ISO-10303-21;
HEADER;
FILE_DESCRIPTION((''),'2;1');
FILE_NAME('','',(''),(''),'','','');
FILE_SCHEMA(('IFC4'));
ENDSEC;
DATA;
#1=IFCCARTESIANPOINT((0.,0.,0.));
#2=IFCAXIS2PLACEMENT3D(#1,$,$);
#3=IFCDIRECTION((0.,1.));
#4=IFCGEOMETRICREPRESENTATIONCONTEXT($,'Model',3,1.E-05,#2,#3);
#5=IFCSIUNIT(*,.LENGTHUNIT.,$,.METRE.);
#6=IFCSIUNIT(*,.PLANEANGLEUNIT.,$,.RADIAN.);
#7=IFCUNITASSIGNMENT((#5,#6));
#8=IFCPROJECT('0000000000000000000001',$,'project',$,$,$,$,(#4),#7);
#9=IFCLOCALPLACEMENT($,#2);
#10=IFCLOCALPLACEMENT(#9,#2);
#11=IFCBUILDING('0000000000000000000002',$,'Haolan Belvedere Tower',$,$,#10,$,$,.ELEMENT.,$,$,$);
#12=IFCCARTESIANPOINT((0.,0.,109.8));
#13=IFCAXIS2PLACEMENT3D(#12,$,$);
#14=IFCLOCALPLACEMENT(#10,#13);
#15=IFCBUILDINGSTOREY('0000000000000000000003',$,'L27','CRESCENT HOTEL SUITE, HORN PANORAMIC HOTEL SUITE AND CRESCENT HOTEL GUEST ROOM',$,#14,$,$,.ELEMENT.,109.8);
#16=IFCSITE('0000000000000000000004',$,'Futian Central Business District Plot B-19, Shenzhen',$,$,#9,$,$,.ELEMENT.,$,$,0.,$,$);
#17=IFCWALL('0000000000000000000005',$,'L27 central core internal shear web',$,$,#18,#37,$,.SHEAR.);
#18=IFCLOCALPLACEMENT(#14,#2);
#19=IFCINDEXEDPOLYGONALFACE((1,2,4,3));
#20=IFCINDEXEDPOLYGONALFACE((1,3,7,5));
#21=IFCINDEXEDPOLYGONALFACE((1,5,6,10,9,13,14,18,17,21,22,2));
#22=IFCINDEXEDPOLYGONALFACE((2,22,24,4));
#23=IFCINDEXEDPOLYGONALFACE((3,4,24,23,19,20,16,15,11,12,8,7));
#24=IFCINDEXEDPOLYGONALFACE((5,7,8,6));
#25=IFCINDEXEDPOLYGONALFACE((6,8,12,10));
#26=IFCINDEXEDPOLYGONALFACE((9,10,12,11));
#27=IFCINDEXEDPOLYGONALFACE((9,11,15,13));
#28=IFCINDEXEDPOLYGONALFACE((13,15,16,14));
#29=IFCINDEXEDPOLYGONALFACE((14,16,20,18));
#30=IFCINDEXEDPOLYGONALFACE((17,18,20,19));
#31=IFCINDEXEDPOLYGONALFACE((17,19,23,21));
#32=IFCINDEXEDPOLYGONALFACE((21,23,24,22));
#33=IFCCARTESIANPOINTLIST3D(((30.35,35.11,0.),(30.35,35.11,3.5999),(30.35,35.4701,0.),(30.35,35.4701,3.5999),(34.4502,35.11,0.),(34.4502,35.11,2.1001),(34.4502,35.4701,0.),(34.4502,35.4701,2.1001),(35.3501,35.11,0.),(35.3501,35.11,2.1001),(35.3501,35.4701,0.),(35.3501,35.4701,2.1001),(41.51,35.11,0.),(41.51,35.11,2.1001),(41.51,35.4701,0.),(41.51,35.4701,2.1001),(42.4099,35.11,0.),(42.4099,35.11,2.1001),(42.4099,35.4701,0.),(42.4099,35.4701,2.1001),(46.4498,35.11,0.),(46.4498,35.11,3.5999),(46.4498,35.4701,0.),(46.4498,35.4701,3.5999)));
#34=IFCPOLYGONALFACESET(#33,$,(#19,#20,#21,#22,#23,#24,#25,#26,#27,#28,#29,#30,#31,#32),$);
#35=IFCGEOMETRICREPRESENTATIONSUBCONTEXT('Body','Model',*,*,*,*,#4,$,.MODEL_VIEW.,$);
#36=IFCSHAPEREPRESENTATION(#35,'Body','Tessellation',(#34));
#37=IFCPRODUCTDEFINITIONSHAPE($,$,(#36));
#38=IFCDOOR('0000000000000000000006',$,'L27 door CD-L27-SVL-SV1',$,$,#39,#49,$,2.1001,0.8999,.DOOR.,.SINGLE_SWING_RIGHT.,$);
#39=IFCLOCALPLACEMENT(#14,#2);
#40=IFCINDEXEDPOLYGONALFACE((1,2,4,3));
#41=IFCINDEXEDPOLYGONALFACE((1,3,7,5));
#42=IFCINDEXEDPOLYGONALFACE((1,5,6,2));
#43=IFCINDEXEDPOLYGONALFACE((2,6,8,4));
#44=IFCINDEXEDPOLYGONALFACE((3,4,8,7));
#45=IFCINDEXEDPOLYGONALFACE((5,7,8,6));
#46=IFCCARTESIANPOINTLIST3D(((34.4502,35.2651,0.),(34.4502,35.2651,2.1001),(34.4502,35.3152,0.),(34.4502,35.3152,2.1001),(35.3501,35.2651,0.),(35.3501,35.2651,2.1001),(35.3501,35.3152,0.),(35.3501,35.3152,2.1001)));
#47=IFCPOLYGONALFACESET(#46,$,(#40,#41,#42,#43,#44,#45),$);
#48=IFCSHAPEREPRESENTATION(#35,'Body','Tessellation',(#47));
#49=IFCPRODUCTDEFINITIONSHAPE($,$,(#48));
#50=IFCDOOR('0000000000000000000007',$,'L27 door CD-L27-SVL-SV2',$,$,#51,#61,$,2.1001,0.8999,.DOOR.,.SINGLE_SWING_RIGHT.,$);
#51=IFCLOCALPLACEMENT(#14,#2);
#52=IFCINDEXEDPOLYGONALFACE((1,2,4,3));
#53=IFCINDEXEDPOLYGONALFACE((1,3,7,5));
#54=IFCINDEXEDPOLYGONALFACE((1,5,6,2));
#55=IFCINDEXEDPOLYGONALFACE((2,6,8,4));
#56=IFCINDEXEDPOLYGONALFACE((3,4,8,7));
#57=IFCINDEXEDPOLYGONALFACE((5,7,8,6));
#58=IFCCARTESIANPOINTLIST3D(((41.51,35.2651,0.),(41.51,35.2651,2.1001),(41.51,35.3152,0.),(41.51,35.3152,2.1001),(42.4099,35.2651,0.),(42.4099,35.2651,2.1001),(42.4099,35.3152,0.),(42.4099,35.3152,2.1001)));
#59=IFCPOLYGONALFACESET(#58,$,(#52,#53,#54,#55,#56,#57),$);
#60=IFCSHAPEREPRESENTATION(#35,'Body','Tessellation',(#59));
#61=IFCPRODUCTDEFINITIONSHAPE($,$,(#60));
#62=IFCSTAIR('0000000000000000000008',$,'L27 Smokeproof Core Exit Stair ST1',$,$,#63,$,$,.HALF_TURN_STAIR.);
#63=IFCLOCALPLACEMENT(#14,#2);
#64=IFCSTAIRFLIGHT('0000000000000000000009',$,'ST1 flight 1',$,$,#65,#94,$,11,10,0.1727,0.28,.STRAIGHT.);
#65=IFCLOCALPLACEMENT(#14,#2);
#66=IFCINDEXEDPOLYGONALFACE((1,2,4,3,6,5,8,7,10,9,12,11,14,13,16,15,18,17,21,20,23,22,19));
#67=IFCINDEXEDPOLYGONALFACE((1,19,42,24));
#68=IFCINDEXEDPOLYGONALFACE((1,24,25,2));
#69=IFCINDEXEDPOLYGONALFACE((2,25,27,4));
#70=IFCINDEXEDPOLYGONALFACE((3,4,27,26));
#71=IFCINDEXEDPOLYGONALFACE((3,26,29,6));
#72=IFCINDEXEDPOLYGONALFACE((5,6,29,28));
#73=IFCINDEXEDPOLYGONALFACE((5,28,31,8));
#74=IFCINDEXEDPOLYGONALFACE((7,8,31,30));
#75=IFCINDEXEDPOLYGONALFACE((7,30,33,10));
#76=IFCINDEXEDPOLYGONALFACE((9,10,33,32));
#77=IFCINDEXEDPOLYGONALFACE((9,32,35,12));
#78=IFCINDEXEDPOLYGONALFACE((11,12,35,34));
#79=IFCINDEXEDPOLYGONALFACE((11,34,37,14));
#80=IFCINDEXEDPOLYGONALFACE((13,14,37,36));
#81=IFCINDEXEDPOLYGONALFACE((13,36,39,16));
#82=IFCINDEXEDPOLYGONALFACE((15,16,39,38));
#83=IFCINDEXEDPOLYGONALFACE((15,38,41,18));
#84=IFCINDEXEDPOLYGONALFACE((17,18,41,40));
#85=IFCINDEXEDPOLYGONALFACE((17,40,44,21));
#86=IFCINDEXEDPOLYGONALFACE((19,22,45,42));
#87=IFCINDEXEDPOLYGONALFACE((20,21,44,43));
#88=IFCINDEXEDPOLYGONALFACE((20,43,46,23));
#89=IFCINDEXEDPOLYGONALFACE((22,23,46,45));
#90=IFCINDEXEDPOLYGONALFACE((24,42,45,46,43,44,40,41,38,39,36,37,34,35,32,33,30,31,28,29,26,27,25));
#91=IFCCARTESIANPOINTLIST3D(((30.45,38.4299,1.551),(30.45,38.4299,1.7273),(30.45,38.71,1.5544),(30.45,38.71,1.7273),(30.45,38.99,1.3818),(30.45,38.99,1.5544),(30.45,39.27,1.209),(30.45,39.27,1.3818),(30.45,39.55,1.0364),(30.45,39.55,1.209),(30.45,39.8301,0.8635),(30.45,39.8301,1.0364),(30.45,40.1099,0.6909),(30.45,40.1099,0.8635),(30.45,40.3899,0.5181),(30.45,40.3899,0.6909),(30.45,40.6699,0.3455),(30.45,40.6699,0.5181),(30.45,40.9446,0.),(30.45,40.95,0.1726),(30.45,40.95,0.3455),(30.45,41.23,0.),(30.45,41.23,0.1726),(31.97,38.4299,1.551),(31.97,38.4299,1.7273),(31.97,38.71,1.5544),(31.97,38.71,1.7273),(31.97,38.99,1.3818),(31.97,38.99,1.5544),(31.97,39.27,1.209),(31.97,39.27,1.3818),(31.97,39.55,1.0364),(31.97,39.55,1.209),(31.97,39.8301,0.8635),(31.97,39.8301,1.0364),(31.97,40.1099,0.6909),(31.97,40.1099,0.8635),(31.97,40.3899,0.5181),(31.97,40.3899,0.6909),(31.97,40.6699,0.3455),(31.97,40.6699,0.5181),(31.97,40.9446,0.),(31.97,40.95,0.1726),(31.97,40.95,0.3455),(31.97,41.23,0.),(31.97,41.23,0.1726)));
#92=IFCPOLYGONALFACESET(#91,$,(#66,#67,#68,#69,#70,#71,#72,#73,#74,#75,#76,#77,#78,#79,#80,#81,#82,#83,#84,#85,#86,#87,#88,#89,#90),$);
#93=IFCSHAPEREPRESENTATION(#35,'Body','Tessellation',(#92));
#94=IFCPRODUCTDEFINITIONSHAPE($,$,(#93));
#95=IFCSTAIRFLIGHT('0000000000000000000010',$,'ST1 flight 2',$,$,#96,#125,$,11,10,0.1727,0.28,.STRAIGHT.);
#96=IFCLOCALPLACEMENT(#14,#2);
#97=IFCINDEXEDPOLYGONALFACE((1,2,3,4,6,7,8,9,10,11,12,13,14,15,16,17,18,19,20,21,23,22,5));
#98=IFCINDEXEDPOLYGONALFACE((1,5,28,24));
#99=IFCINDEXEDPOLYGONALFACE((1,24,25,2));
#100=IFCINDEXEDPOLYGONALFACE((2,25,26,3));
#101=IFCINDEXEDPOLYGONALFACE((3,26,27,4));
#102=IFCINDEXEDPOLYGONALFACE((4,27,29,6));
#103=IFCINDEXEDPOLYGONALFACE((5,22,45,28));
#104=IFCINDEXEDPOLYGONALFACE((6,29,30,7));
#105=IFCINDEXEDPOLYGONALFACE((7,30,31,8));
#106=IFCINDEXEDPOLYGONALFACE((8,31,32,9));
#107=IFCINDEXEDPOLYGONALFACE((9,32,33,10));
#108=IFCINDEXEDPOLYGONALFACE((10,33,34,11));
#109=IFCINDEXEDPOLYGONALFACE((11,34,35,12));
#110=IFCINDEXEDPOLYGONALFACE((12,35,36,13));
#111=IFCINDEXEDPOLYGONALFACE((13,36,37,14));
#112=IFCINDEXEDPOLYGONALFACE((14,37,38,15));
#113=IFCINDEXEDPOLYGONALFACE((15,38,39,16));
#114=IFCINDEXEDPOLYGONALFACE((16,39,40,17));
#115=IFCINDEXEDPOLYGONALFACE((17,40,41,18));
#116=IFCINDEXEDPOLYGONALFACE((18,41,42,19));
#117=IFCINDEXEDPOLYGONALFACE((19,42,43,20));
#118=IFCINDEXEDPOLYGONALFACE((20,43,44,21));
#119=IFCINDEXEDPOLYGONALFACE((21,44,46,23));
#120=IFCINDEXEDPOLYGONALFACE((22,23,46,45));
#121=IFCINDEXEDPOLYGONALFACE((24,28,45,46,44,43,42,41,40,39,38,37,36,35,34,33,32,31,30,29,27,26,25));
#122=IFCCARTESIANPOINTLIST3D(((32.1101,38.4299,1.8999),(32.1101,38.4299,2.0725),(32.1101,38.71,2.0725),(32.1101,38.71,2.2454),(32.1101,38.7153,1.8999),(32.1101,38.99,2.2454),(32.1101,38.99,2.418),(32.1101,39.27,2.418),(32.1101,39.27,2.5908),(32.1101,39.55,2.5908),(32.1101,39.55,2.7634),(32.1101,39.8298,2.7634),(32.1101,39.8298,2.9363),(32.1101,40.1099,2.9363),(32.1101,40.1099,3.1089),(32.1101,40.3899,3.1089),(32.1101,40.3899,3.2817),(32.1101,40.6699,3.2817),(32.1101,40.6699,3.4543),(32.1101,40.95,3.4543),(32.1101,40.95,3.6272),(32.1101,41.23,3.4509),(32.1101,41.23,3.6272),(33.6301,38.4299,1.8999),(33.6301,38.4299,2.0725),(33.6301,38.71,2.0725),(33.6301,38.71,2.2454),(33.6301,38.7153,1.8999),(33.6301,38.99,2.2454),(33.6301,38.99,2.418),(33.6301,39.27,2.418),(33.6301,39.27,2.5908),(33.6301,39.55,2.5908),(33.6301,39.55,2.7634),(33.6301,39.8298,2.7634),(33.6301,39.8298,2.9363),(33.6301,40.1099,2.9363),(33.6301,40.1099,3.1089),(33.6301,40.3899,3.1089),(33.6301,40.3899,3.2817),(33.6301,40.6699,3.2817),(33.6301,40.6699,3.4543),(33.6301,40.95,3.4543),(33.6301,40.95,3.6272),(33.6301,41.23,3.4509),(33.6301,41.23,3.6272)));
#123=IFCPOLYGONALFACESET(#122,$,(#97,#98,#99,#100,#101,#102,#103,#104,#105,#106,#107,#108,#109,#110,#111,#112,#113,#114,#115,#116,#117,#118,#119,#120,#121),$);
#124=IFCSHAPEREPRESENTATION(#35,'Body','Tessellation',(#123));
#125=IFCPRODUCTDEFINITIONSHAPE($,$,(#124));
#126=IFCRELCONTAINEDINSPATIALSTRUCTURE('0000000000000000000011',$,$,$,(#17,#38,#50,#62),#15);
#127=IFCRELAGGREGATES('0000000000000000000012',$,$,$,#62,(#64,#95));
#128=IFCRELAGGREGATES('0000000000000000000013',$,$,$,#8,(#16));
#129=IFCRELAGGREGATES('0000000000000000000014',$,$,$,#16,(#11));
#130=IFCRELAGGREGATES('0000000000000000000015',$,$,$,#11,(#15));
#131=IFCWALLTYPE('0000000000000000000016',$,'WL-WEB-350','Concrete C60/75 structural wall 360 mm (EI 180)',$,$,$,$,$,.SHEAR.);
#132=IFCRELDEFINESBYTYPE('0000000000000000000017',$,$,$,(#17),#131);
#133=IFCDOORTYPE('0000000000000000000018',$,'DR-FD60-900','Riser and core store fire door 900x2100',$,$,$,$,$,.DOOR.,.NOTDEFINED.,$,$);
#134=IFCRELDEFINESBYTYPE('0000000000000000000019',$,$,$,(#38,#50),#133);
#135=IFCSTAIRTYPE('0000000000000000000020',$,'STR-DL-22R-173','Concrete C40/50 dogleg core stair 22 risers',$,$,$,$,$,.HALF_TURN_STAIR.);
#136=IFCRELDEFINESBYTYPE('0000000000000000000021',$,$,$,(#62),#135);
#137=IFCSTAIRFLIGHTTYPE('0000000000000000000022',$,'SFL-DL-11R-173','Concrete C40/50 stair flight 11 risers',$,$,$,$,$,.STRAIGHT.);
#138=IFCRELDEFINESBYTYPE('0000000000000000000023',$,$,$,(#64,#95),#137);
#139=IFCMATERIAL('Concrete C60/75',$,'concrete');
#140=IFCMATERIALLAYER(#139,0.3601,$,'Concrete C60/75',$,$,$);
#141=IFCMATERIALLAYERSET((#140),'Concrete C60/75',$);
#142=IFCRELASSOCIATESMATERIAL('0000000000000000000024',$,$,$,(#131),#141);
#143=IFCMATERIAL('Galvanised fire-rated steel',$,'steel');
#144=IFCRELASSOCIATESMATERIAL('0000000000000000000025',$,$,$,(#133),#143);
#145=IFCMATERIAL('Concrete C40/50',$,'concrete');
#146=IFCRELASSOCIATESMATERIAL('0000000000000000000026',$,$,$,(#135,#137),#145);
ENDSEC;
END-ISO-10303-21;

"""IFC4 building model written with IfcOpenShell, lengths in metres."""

from ifc_helpers import new_model, si_unit, direction, frame, frame_2d, origin, place, context, subcontext, project, spatial, polyline, rectangle, outline, extrude, material, layer, layer_set, type_object, element, fill, aggregate, save


model = new_model("IFC4")

# Units and contexts
model_context = context("Model", 3, precision=1e-05, world=origin(), true_north=direction((0.0, 1.0)))
body_context = subcontext(model_context, "Body", "Model", "MODEL_VIEW")
ifc_project = project(units=[si_unit("LENGTHUNIT", "METRE"), si_unit("PLANEANGLEUNIT", "RADIAN")], contexts=[model_context])

# Site, building, storey
site_placement = place(None, origin())
site = spatial("IfcSite", under=ifc_project, at=site_placement, Name="Futian Central Business District Plot B-19, Shenzhen", CompositionType="ELEMENT", RefElevation=0.0)
building_placement = place(site_placement, origin())
building = spatial("IfcBuilding", under=site, at=building_placement, Name="Haolan Belvedere Tower", CompositionType="ELEMENT")
storey_placement = place(building_placement, frame((0.0, 0.0, 109.8)))
storey = spatial("IfcBuildingStorey", under=building, at=storey_placement, Name="L27", Description="CRESCENT HOTEL SUITE, HORN PANORAMIC HOTEL SUITE AND CRESCENT HOTEL GUEST ROOM", CompositionType="ELEMENT", Elevation=109.8)

# Shared definitions
ifc_material_1 = material(Name="Concrete C60/75", Category="concrete")

# Wall, openings, doors
ifc_layer_1 = layer(ifc_material_1, 0.3601, Name="Concrete C60/75")
ifc_layer_set_1 = layer_set([ifc_layer_1], Name="Concrete C60/75")
wall_type_1 = type_object("IfcWallType", Name="WL-WEB-350", Description="Concrete C60/75 structural wall 360 mm (EI 180)", PredefinedType="SHEAR", material=ifc_layer_set_1)
wall_1_placement = place(storey_placement, frame((30.3501, 35.29, 0.0), z_axis=(0.0, 0.0, 1.0), x_axis=(1.0, 0.0, 0.0)))
wall_1 = element("IfcWall", 1, at=wall_1_placement, inside=storey, type_object=wall_type_1, Name="L27 central core internal shear web", PredefinedType="SHEAR", context=body_context, shape_type="SweptSolid", body=[
    extrude(rectangle(XDim=16.0999, YDim=0.3601, at=frame_2d((8.0498, 0.0))), origin(), (0.0, 0.0, 1.0), 3.5999),
])
opening_1_placement = place(wall_1_placement, frame((5.0, 0.0, 0.0), z_axis=(0.0, 0.0, 1.0), x_axis=(-1.0, 0.0, 0.0)))
opening_1 = element("IfcOpeningElement", 2, at=opening_1_placement, cuts=wall_1, PredefinedType="OPENING", context=body_context, shape_type="SweptSolid", body=[
    extrude(rectangle(XDim=0.8999, YDim=2.1001, at=frame_2d((0.45, 1.05))), frame((0.0, 0.1899, 0.0), z_axis=(0.0, -1.0, 0.0), x_axis=(1.0, 0.0, 0.0)), (0.0, 0.0, 1.0), 0.3801),
])
opening_2_placement = place(wall_1_placement, frame((12.0598, 0.0, 0.0), z_axis=(0.0, 0.0, 1.0), x_axis=(-1.0, 0.0, 0.0)))
opening_2 = element("IfcOpeningElement", 3, at=opening_2_placement, cuts=wall_1, PredefinedType="OPENING", context=body_context, shape_type="SweptSolid", body=[
    extrude(rectangle(XDim=0.8999, YDim=2.1001, at=frame_2d((0.45, 1.05))), frame((0.0, 0.1899, 0.0), z_axis=(0.0, -1.0, 0.0), x_axis=(1.0, 0.0, 0.0)), (0.0, 0.0, 1.0), 0.3801),
])
ifc_material_2 = material(Name="Galvanised fire-rated steel", Category="steel")
door_type_1 = type_object("IfcDoorType", Name="DR-FD60-900", Description="Riser and core store fire door 900x2100", OperationType="NOTDEFINED", PredefinedType="DOOR", material=ifc_material_2)
door_1_placement = place(opening_1_placement, origin())
door_1 = element("IfcDoor", 4, at=door_1_placement, inside=storey, type_object=door_type_1, Name="L27 door CD-L27-SVL-SV1", OperationType="SINGLE_SWING_RIGHT", OverallHeight=2.1001, OverallWidth=0.8999, PredefinedType="DOOR", context=body_context, shape_type="SweptSolid", body=[
    extrude(rectangle(XDim=0.8999, YDim=2.1001, at=frame_2d((0.45, 1.05))), frame((0.0, 0.0249, 0.0), z_axis=(0.0, -1.0, 0.0), x_axis=(1.0, 0.0, 0.0)), (0.0, 0.0, 1.0), 0.05),
])
fill(opening_1, door_1)
door_2_placement = place(opening_2_placement, origin())
door_2 = element("IfcDoor", 5, at=door_2_placement, inside=storey, type_object=door_type_1, Name="L27 door CD-L27-SVL-SV2", OperationType="SINGLE_SWING_RIGHT", OverallHeight=2.1001, OverallWidth=0.8999, PredefinedType="DOOR", context=body_context, shape_type="SweptSolid", body=[
    extrude(rectangle(XDim=0.8999, YDim=2.1001, at=frame_2d((0.45, 1.05))), frame((0.0, 0.0249, 0.0), z_axis=(0.0, -1.0, 0.0), x_axis=(1.0, 0.0, 0.0)), (0.0, 0.0, 1.0), 0.05),
])
fill(opening_2, door_2)

# Stair, stair flights
ifc_material_3 = material(Name="Concrete C40/50", Category="concrete")
stair_type = type_object("IfcStairType", Name="STR-DL-22R-173", Description="Concrete C40/50 dogleg core stair 22 risers", PredefinedType="HALF_TURN_STAIR", material=ifc_material_3)
stair_placement = place(storey_placement, origin())
stair = element("IfcStair", 6, at=stair_placement, inside=storey, type_object=stair_type, Name="L27 Smokeproof Core Exit Stair ST1", PredefinedType="HALF_TURN_STAIR")
stair_flight_type = type_object("IfcStairFlightType", Name="SFL-DL-11R-173", Description="Concrete C40/50 stair flight 11 risers", PredefinedType="STRAIGHT", material=ifc_material_3)
stair_flight_1_placement = place(storey_placement, frame((31.21, 41.23, 0.0), z_axis=(0.0, 0.0, 1.0), x_axis=(0.0, -1.0, 0.0)))
stair_flight_1 = element("IfcStairFlight", 7, at=stair_flight_1_placement, type_object=stair_flight_type, Name="ST1 flight 1", NumberOfRisers=11, NumberOfTreads=10, PredefinedType="STRAIGHT", RiserHeight=0.1727, TreadLength=0.28, context=body_context, shape_type="SweptSolid", body=[
    extrude(outline(polyline([(0.0, 0.0), (0.0, 0.1726), (0.28, 0.1726), (0.28, 0.3455), (0.5601, 0.3455), (0.5601, 0.5181), (0.8401, 0.5181), (0.8401, 0.6909), (1.1201, 0.6909), (1.1201, 0.8635), (1.3999, 0.8635), (1.3999, 1.0364), (1.6799, 1.0364), (1.6799, 1.209), (1.96, 1.209), (1.96, 1.3818), (2.24, 1.3818), (2.24, 1.5544), (2.52, 1.5544), (2.52, 1.7273), (2.8, 1.7273), (2.8, 1.8999), (2.8, 1.551), (0.2854, 0.0), (0.0, 0.0)])), frame((0.0, 0.76, 0.0), z_axis=(0.0, -1.0, 0.0), x_axis=(1.0, 0.0, 0.0)), (0.0, 0.0, 1.0), 1.52),
])
stair_flight_2_placement = place(storey_placement, frame((32.8701, 38.4299, 1.8999), z_axis=(0.0, 0.0, 1.0), x_axis=(0.0, 1.0, 0.0)))
stair_flight_2 = element("IfcStairFlight", 8, at=stair_flight_2_placement, type_object=stair_flight_type, Name="ST1 flight 2", NumberOfRisers=11, NumberOfTreads=10, PredefinedType="STRAIGHT", RiserHeight=0.1727, TreadLength=0.28, context=body_context, shape_type="SweptSolid", body=[
    extrude(outline(polyline([(0.0, 0.0), (0.0, 0.1726), (0.28, 0.1726), (0.28, 0.3455), (0.5601, 0.3455), (0.5601, 0.5181), (0.8401, 0.5181), (0.8401, 0.6909), (1.1201, 0.6909), (1.1201, 0.8635), (1.3999, 0.8635), (1.3999, 1.0364), (1.6799, 1.0364), (1.6799, 1.209), (1.96, 1.209), (1.96, 1.3818), (2.24, 1.3818), (2.24, 1.5544), (2.52, 1.5544), (2.52, 1.7273), (2.8, 1.7273), (2.8, 1.8999), (2.8, 1.551), (0.2854, 0.0), (0.0, 0.0)])), frame((0.0, 0.76, 0.0), z_axis=(0.0, -1.0, 0.0), x_axis=(1.0, 0.0, 0.0)), (0.0, 0.0, 1.0), 1.52),
])
aggregate(stair, [stair_flight_1, stair_flight_2])

save(model, "model.ifc")
